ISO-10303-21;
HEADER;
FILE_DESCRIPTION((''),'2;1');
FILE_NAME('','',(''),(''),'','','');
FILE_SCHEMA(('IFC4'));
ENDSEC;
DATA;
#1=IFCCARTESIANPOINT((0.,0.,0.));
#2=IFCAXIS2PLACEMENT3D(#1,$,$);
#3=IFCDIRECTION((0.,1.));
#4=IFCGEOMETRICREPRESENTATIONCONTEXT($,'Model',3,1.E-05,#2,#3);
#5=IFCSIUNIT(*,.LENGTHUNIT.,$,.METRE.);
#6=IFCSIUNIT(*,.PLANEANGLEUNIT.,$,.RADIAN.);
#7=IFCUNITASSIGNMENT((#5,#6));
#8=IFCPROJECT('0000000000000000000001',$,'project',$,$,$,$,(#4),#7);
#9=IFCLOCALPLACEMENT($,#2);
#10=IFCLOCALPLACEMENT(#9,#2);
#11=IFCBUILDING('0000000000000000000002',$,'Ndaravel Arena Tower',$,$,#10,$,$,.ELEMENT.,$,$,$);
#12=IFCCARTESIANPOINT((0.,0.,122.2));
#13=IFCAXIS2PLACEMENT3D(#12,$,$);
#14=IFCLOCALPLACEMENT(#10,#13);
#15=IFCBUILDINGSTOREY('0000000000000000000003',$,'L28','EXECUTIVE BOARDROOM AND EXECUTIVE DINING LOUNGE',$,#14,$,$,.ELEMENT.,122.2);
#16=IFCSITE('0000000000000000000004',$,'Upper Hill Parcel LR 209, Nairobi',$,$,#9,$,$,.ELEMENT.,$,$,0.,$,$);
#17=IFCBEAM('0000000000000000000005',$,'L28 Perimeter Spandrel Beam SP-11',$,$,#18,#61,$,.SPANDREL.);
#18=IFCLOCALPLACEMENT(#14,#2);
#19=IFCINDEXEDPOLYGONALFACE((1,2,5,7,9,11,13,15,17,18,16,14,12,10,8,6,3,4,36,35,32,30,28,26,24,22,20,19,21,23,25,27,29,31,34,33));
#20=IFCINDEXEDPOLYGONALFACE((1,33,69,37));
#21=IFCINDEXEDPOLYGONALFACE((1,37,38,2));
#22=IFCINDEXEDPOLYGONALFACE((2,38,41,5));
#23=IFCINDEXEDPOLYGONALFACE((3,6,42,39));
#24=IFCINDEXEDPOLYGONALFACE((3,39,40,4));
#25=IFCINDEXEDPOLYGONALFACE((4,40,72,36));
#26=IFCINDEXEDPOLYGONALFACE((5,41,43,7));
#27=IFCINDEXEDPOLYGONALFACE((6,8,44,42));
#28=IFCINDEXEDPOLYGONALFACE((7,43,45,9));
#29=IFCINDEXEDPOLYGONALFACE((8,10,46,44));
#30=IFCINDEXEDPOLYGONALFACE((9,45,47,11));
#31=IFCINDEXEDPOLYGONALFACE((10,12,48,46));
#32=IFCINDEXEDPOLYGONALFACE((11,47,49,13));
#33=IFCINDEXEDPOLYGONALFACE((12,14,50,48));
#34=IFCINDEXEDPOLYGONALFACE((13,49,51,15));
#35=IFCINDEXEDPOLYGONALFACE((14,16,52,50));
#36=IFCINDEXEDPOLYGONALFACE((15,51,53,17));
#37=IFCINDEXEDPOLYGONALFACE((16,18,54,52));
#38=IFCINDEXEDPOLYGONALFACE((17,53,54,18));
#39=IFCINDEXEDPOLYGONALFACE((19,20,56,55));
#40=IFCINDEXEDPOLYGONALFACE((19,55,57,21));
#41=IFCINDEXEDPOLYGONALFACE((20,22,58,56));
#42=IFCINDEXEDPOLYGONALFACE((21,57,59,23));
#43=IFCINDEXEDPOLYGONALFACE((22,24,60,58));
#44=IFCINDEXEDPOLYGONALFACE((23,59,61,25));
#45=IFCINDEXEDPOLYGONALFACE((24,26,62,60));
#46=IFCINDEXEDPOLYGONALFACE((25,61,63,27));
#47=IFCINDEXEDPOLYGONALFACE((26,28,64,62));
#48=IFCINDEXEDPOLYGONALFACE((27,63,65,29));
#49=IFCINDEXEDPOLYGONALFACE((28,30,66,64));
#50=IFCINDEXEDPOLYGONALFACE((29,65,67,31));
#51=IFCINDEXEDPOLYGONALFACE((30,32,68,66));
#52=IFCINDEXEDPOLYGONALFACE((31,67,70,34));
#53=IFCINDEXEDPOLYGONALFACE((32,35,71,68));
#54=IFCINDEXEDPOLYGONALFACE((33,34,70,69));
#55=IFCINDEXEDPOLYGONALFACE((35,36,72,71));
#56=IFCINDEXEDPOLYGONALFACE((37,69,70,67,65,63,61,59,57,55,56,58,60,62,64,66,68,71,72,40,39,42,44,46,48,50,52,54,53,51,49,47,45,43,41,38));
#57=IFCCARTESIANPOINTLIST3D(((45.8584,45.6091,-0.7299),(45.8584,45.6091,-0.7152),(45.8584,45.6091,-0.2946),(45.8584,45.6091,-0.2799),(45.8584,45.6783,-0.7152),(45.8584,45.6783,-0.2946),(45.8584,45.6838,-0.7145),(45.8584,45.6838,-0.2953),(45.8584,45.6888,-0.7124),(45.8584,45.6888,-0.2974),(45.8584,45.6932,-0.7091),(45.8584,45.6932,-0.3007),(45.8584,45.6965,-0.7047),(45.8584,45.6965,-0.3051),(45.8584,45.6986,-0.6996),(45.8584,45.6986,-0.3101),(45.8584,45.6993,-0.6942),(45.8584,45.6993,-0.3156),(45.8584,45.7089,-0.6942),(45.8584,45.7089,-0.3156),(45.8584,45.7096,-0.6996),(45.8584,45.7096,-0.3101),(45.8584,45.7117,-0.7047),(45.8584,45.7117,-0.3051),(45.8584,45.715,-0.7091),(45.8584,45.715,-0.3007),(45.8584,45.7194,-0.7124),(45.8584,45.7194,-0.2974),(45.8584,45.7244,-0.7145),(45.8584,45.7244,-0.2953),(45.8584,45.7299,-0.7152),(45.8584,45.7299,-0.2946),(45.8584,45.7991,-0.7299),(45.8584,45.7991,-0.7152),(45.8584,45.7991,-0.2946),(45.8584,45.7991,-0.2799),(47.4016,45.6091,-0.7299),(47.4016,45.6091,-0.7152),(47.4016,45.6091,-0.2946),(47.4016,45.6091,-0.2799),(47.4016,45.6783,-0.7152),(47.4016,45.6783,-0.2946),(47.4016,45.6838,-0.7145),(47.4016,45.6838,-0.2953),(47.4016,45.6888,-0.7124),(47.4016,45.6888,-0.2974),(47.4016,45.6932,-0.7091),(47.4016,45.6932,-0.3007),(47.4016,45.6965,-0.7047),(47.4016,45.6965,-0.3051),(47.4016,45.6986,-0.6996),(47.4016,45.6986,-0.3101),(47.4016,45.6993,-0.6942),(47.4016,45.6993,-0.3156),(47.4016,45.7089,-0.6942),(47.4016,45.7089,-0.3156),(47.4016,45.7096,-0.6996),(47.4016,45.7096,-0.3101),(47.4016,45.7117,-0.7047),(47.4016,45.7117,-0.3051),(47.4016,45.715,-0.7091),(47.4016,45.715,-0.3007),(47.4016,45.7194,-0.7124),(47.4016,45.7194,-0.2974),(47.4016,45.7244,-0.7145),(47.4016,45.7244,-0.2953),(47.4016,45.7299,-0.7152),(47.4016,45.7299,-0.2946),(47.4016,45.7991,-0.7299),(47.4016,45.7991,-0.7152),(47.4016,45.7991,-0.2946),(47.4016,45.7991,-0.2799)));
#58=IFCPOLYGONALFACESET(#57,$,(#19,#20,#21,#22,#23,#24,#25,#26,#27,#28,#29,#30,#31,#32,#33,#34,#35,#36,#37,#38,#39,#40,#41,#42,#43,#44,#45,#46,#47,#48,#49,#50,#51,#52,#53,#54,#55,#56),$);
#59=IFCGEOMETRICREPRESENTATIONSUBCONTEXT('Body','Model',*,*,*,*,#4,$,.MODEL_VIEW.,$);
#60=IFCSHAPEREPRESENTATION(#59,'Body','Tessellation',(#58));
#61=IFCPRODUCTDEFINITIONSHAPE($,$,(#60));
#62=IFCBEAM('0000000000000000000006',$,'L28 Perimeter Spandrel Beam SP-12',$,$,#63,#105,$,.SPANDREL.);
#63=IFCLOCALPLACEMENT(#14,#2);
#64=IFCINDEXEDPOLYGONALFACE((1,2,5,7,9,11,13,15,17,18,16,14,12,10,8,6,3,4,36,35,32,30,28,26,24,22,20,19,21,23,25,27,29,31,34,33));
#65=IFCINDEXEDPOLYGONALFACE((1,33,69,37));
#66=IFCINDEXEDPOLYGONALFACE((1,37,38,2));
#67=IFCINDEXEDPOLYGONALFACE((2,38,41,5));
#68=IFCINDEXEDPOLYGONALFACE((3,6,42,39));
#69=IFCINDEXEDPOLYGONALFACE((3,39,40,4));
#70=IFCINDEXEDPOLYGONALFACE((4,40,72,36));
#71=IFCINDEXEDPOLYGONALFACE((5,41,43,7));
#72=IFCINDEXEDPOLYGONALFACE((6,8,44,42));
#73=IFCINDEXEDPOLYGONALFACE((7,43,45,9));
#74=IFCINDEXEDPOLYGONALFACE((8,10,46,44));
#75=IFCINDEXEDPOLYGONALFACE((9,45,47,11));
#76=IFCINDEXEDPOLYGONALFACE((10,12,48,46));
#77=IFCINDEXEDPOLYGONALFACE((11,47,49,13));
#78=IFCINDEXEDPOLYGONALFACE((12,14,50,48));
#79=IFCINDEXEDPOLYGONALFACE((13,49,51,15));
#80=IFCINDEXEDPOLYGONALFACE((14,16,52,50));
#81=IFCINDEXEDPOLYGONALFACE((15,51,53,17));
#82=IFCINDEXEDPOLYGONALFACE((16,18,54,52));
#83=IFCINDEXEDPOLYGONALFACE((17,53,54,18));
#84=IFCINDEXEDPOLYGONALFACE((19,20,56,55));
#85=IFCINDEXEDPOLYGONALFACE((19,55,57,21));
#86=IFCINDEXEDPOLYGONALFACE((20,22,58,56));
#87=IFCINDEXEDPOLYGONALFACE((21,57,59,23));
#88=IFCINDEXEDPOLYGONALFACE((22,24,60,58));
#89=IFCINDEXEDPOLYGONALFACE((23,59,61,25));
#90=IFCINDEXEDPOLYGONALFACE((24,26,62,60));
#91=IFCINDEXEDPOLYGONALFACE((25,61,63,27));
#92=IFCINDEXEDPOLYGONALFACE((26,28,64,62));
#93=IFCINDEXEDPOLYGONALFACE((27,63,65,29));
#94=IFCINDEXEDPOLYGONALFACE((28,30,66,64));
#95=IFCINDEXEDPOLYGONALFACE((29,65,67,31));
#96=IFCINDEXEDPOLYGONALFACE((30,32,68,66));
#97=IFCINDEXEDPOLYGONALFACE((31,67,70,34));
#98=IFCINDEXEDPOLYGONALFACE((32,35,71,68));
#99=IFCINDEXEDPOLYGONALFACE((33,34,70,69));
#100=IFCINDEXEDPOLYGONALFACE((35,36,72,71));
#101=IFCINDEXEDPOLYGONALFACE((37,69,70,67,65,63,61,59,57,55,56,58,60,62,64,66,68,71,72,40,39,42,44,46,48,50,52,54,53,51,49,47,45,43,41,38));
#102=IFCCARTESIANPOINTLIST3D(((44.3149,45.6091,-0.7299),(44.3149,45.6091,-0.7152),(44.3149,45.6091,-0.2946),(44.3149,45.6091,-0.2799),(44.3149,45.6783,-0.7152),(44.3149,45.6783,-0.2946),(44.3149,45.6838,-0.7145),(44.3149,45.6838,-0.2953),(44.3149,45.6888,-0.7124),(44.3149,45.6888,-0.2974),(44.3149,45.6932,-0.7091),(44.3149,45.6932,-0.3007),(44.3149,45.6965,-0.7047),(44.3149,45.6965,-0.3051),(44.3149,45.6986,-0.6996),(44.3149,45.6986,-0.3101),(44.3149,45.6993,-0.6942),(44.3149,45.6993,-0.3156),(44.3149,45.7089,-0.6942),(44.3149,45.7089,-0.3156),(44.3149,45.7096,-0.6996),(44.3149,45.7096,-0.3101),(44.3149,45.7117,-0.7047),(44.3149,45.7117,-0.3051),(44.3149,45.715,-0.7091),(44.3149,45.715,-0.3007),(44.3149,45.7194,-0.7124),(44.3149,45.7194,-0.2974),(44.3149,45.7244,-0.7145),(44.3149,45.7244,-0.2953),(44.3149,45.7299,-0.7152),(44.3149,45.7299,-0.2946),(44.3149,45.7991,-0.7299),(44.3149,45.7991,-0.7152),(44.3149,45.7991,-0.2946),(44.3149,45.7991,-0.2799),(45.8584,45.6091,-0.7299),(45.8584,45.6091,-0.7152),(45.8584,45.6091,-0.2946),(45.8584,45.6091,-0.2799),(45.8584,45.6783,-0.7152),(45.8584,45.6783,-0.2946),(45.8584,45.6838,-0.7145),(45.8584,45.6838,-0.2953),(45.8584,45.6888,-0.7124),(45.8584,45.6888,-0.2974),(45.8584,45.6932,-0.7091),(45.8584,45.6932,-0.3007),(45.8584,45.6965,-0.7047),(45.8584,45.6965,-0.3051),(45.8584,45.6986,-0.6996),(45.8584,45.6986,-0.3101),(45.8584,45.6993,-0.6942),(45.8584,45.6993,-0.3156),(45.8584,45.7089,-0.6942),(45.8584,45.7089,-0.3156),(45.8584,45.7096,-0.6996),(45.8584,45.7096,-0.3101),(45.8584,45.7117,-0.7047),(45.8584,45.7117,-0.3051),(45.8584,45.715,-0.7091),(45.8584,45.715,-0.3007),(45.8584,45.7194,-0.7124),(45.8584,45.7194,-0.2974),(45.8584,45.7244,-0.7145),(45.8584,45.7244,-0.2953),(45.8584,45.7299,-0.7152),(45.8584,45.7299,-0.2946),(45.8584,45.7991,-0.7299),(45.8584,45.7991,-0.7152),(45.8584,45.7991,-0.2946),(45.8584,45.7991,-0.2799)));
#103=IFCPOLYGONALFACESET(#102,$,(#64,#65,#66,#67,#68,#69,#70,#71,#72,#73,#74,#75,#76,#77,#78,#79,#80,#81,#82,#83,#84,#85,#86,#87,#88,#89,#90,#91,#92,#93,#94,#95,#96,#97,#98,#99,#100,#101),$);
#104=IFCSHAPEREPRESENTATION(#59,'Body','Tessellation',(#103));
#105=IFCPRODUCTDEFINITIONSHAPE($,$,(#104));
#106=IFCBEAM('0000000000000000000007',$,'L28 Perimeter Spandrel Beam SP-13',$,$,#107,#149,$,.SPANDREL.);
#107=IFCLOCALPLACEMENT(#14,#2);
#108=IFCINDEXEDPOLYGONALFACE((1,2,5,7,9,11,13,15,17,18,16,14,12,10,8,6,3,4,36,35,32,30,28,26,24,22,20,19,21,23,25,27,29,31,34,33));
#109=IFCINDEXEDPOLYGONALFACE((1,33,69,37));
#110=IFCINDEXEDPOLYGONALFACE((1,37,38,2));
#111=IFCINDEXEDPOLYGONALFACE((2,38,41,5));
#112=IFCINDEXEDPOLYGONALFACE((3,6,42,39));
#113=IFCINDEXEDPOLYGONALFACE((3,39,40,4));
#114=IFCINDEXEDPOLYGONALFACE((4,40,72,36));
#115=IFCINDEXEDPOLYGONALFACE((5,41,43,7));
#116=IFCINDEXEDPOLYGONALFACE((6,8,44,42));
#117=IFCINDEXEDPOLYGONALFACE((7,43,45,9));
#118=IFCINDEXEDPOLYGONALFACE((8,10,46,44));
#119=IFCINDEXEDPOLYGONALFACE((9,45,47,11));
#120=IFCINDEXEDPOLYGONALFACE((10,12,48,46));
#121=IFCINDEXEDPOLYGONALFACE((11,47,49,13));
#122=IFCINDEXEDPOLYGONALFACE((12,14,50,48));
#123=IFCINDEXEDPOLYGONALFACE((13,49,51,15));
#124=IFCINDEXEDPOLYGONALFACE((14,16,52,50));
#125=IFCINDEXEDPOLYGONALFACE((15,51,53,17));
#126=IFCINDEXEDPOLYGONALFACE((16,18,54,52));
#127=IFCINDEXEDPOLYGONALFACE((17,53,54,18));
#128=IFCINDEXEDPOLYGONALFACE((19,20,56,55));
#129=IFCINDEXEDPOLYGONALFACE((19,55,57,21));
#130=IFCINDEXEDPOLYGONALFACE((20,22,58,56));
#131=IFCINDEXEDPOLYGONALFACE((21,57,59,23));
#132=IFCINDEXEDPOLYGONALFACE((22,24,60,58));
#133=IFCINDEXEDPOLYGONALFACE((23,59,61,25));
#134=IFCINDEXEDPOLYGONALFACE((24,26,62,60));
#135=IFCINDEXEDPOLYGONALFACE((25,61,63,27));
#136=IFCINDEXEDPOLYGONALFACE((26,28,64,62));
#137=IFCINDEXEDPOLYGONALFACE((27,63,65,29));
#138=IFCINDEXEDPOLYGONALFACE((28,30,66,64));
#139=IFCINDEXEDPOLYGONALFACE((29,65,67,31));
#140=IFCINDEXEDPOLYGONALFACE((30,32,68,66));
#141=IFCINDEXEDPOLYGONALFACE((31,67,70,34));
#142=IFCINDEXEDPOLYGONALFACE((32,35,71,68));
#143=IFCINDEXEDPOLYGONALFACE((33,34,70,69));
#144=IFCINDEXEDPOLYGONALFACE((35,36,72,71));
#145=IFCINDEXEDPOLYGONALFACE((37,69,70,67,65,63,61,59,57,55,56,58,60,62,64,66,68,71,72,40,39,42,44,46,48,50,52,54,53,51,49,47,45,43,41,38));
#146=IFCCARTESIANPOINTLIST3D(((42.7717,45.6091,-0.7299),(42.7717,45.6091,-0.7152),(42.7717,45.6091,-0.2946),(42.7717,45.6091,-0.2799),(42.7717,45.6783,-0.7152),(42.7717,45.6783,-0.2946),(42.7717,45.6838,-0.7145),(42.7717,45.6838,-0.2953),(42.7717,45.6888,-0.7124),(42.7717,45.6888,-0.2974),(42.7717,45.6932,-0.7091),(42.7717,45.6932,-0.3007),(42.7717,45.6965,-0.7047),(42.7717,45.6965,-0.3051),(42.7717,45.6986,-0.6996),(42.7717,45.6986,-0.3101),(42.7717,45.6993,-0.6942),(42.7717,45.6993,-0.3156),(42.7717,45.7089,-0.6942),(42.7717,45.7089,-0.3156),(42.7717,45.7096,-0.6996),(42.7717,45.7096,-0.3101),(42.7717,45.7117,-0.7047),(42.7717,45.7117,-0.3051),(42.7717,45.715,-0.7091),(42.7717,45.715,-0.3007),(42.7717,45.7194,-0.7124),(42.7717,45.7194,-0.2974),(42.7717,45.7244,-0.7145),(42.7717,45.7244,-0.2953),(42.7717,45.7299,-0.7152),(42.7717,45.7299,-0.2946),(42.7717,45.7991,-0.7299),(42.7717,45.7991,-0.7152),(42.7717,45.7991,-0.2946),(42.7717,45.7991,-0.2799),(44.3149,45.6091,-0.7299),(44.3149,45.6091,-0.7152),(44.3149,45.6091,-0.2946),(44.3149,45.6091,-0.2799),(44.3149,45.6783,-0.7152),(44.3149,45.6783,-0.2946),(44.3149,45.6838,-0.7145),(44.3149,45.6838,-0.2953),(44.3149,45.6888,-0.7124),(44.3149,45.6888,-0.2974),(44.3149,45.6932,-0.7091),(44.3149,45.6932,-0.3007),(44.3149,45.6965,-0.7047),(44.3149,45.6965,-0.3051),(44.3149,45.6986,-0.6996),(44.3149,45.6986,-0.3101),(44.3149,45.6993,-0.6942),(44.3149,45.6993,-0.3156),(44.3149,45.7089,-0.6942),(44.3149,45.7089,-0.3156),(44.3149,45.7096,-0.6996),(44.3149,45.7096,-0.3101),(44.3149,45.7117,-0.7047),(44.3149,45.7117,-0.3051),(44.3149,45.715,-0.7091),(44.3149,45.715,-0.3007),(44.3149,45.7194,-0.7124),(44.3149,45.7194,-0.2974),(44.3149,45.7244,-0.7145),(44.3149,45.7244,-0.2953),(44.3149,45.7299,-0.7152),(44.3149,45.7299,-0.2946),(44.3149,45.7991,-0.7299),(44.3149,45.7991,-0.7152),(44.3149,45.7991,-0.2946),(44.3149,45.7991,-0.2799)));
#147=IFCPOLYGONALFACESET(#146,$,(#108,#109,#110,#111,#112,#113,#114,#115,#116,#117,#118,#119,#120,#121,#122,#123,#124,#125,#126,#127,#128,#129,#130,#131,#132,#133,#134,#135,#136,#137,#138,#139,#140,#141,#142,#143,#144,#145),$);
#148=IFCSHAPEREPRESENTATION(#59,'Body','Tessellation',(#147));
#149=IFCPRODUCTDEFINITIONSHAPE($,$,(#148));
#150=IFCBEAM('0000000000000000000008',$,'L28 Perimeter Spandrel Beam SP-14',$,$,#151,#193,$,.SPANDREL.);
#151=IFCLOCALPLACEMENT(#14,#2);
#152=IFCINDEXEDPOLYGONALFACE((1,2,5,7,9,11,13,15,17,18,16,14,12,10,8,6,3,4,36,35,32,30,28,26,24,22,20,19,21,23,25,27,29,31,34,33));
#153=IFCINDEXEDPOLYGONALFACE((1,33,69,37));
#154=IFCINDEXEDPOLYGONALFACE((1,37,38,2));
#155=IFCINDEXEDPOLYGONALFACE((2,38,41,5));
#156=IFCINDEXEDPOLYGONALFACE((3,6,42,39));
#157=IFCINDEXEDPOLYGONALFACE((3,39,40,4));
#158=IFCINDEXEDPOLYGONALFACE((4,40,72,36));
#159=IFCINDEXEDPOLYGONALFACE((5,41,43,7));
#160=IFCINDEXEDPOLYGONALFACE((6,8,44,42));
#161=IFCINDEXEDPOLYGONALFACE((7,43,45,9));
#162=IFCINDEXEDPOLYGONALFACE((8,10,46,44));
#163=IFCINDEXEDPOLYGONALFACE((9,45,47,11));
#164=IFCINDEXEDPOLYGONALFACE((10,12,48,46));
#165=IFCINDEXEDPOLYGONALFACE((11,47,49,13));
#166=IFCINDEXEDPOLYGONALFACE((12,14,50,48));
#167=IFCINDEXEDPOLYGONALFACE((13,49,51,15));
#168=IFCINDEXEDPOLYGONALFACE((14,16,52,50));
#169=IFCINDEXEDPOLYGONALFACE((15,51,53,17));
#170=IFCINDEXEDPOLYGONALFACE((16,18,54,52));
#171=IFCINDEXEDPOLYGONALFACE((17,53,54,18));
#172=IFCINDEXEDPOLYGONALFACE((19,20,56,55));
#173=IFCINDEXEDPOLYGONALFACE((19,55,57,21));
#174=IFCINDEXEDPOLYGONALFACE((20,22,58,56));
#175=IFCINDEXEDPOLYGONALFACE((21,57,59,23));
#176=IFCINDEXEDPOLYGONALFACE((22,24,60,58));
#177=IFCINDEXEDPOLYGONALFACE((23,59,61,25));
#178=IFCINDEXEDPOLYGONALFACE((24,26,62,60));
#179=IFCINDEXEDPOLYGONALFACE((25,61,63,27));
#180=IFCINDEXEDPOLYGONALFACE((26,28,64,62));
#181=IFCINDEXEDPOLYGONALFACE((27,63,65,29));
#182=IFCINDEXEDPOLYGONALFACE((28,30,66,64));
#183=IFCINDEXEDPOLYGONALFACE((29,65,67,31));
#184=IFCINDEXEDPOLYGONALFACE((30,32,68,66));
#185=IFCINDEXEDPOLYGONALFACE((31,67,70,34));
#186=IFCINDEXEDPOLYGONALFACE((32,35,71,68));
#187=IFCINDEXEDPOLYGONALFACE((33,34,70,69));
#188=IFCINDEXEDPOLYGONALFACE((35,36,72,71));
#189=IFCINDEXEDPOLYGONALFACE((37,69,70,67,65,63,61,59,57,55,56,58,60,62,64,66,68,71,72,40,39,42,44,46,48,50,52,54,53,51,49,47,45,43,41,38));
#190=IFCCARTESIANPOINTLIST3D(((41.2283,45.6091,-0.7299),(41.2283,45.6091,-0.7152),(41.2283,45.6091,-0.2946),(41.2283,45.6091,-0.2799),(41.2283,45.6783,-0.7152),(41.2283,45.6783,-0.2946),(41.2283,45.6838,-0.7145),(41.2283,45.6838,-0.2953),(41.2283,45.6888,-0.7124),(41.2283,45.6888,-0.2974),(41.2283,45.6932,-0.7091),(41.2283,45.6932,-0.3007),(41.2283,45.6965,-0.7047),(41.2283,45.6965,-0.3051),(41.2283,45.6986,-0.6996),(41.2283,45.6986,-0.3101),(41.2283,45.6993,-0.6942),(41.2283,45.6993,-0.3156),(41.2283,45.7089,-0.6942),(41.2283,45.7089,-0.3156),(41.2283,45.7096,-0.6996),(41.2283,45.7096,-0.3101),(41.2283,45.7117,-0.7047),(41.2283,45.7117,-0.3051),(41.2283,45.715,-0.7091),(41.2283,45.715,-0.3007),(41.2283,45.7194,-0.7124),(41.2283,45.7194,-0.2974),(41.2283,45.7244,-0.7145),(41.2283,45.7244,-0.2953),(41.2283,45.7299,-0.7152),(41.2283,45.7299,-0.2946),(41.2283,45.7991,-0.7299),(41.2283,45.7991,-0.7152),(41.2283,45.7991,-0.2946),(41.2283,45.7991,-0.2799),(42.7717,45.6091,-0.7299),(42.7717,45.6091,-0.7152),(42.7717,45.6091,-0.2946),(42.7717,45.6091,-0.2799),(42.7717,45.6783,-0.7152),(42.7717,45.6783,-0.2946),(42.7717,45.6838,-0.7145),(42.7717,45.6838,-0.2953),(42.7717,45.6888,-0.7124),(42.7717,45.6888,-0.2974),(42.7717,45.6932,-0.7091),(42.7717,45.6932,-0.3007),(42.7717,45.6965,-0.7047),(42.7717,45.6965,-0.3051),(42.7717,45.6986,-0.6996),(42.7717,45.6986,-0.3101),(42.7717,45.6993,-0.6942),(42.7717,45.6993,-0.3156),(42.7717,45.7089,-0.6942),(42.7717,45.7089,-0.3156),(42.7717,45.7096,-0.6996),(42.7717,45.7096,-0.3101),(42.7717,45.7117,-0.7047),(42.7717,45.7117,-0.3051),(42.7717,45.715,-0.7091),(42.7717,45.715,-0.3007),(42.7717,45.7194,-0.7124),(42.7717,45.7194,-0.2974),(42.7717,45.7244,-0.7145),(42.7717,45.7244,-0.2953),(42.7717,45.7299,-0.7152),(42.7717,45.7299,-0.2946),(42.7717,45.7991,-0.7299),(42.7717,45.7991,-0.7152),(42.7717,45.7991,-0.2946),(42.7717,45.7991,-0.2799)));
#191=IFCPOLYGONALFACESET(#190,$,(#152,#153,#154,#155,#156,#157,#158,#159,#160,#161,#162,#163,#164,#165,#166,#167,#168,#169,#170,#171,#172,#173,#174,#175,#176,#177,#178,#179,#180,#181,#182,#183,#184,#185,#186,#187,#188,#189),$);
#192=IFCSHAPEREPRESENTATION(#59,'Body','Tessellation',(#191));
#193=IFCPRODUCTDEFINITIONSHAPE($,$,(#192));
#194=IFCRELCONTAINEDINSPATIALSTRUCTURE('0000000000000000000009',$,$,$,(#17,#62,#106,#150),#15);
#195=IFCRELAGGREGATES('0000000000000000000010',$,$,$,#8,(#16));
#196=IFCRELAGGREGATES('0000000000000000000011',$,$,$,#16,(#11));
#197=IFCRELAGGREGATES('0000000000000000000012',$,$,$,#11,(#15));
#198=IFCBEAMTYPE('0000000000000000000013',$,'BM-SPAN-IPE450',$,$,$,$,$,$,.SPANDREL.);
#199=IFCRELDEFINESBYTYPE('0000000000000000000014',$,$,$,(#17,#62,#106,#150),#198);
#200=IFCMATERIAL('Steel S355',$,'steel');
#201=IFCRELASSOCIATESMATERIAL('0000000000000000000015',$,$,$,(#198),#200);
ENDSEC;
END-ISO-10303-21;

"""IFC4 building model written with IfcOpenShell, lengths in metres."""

from ifc_helpers import new_model, si_unit, direction, frame, origin, origin_2d, place, context, subcontext, project, spatial, i_section, extrude, material, material_profile, profile_set, type_object, element, save


model = new_model("IFC4")

# Units and contexts
model_context = context("Model", 3, precision=1e-05, world=origin(), true_north=direction((0.0, 1.0)))
body_context = subcontext(model_context, "Body", "Model", "MODEL_VIEW")
ifc_project = project(units=[si_unit("LENGTHUNIT", "METRE"), si_unit("PLANEANGLEUNIT", "RADIAN")], contexts=[model_context])

# Site, building, storey
site_placement = place(None, origin())
site = spatial("IfcSite", under=ifc_project, at=site_placement, Name="Upper Hill Parcel LR 209, Nairobi", CompositionType="ELEMENT", RefElevation=0.0)
building_placement = place(site_placement, origin())
building = spatial("IfcBuilding", under=site, at=building_placement, Name="Ndaravel Arena Tower", CompositionType="ELEMENT")
storey_placement = place(building_placement, frame((0.0, 0.0, 122.2)))
storey = spatial("IfcBuildingStorey", under=building, at=storey_placement, Name="L28", Description="EXECUTIVE BOARDROOM AND EXECUTIVE DINING LOUNGE", CompositionType="ELEMENT", Elevation=122.2)

# Beams
ifc_material_1 = material(Name="Steel S355", Category="steel")
ifc_material_profile_1 = material_profile(ifc_material_1, i_section(OverallWidth=0.1899, OverallDepth=0.45, WebThickness=0.0095, FlangeThickness=0.0146, FilletRadius=0.021, at=origin_2d()), Name="IPE 450")
ifc_profile_set_1 = profile_set([ifc_material_profile_1], Name="Steel S355")
beam_type_1 = type_object("IfcBeamType", Name="BM-SPAN-IPE450", PredefinedType="SPANDREL", material=ifc_profile_set_1)
beam_1_placement = place(storey_placement, frame((47.4016, 45.7041, -0.5049), z_axis=(-1.0, 0.0, 0.0), x_axis=(0.0, -1.0, 0.0)))
element("IfcBeam", 1, at=beam_1_placement, inside=storey, type_object=beam_type_1, Name="L28 Perimeter Spandrel Beam SP-11", PredefinedType="SPANDREL", context=body_context, shape_type="SweptSolid", body=[
    extrude(i_section(OverallWidth=0.1899, OverallDepth=0.45, WebThickness=0.0095, FlangeThickness=0.0146, FilletRadius=0.021, at=origin_2d()), origin(), (0.0, 0.0, 1.0), 1.5432),
])
beam_2_placement = place(storey_placement, frame((45.8584, 45.7041, -0.5049), z_axis=(-1.0, 0.0, 0.0), x_axis=(0.0, -1.0, 0.0)))
element("IfcBeam", 2, at=beam_2_placement, inside=storey, type_object=beam_type_1, Name="L28 Perimeter Spandrel Beam SP-12", PredefinedType="SPANDREL", context=body_context, shape_type="SweptSolid", body=[
    extrude(i_section(OverallWidth=0.1899, OverallDepth=0.45, WebThickness=0.0095, FlangeThickness=0.0146, FilletRadius=0.021, at=origin_2d()), origin(), (0.0, 0.0, 1.0), 1.5435),
])
beam_3_placement = place(storey_placement, frame((44.3149, 45.7041, -0.5049), z_axis=(-1.0, 0.0, 0.0), x_axis=(0.0, -1.0, 0.0)))
element("IfcBeam", 3, at=beam_3_placement, inside=storey, type_object=beam_type_1, Name="L28 Perimeter Spandrel Beam SP-13", PredefinedType="SPANDREL", context=body_context, shape_type="SweptSolid", body=[
    extrude(i_section(OverallWidth=0.1899, OverallDepth=0.45, WebThickness=0.0095, FlangeThickness=0.0146, FilletRadius=0.021, at=origin_2d()), origin(), (0.0, 0.0, 1.0), 1.5432),
])
beam_4_placement = place(storey_placement, frame((42.7717, 45.7041, -0.5049), z_axis=(-1.0, 0.0, 0.0), x_axis=(0.0, -1.0, 0.0)))
element("IfcBeam", 4, at=beam_4_placement, inside=storey, type_object=beam_type_1, Name="L28 Perimeter Spandrel Beam SP-14", PredefinedType="SPANDREL", context=body_context, shape_type="SweptSolid", body=[
    extrude(i_section(OverallWidth=0.1899, OverallDepth=0.45, WebThickness=0.0095, FlangeThickness=0.0146, FilletRadius=0.021, at=origin_2d()), origin(), (0.0, 0.0, 1.0), 1.5435),
])

save(model, "model.ifc")
